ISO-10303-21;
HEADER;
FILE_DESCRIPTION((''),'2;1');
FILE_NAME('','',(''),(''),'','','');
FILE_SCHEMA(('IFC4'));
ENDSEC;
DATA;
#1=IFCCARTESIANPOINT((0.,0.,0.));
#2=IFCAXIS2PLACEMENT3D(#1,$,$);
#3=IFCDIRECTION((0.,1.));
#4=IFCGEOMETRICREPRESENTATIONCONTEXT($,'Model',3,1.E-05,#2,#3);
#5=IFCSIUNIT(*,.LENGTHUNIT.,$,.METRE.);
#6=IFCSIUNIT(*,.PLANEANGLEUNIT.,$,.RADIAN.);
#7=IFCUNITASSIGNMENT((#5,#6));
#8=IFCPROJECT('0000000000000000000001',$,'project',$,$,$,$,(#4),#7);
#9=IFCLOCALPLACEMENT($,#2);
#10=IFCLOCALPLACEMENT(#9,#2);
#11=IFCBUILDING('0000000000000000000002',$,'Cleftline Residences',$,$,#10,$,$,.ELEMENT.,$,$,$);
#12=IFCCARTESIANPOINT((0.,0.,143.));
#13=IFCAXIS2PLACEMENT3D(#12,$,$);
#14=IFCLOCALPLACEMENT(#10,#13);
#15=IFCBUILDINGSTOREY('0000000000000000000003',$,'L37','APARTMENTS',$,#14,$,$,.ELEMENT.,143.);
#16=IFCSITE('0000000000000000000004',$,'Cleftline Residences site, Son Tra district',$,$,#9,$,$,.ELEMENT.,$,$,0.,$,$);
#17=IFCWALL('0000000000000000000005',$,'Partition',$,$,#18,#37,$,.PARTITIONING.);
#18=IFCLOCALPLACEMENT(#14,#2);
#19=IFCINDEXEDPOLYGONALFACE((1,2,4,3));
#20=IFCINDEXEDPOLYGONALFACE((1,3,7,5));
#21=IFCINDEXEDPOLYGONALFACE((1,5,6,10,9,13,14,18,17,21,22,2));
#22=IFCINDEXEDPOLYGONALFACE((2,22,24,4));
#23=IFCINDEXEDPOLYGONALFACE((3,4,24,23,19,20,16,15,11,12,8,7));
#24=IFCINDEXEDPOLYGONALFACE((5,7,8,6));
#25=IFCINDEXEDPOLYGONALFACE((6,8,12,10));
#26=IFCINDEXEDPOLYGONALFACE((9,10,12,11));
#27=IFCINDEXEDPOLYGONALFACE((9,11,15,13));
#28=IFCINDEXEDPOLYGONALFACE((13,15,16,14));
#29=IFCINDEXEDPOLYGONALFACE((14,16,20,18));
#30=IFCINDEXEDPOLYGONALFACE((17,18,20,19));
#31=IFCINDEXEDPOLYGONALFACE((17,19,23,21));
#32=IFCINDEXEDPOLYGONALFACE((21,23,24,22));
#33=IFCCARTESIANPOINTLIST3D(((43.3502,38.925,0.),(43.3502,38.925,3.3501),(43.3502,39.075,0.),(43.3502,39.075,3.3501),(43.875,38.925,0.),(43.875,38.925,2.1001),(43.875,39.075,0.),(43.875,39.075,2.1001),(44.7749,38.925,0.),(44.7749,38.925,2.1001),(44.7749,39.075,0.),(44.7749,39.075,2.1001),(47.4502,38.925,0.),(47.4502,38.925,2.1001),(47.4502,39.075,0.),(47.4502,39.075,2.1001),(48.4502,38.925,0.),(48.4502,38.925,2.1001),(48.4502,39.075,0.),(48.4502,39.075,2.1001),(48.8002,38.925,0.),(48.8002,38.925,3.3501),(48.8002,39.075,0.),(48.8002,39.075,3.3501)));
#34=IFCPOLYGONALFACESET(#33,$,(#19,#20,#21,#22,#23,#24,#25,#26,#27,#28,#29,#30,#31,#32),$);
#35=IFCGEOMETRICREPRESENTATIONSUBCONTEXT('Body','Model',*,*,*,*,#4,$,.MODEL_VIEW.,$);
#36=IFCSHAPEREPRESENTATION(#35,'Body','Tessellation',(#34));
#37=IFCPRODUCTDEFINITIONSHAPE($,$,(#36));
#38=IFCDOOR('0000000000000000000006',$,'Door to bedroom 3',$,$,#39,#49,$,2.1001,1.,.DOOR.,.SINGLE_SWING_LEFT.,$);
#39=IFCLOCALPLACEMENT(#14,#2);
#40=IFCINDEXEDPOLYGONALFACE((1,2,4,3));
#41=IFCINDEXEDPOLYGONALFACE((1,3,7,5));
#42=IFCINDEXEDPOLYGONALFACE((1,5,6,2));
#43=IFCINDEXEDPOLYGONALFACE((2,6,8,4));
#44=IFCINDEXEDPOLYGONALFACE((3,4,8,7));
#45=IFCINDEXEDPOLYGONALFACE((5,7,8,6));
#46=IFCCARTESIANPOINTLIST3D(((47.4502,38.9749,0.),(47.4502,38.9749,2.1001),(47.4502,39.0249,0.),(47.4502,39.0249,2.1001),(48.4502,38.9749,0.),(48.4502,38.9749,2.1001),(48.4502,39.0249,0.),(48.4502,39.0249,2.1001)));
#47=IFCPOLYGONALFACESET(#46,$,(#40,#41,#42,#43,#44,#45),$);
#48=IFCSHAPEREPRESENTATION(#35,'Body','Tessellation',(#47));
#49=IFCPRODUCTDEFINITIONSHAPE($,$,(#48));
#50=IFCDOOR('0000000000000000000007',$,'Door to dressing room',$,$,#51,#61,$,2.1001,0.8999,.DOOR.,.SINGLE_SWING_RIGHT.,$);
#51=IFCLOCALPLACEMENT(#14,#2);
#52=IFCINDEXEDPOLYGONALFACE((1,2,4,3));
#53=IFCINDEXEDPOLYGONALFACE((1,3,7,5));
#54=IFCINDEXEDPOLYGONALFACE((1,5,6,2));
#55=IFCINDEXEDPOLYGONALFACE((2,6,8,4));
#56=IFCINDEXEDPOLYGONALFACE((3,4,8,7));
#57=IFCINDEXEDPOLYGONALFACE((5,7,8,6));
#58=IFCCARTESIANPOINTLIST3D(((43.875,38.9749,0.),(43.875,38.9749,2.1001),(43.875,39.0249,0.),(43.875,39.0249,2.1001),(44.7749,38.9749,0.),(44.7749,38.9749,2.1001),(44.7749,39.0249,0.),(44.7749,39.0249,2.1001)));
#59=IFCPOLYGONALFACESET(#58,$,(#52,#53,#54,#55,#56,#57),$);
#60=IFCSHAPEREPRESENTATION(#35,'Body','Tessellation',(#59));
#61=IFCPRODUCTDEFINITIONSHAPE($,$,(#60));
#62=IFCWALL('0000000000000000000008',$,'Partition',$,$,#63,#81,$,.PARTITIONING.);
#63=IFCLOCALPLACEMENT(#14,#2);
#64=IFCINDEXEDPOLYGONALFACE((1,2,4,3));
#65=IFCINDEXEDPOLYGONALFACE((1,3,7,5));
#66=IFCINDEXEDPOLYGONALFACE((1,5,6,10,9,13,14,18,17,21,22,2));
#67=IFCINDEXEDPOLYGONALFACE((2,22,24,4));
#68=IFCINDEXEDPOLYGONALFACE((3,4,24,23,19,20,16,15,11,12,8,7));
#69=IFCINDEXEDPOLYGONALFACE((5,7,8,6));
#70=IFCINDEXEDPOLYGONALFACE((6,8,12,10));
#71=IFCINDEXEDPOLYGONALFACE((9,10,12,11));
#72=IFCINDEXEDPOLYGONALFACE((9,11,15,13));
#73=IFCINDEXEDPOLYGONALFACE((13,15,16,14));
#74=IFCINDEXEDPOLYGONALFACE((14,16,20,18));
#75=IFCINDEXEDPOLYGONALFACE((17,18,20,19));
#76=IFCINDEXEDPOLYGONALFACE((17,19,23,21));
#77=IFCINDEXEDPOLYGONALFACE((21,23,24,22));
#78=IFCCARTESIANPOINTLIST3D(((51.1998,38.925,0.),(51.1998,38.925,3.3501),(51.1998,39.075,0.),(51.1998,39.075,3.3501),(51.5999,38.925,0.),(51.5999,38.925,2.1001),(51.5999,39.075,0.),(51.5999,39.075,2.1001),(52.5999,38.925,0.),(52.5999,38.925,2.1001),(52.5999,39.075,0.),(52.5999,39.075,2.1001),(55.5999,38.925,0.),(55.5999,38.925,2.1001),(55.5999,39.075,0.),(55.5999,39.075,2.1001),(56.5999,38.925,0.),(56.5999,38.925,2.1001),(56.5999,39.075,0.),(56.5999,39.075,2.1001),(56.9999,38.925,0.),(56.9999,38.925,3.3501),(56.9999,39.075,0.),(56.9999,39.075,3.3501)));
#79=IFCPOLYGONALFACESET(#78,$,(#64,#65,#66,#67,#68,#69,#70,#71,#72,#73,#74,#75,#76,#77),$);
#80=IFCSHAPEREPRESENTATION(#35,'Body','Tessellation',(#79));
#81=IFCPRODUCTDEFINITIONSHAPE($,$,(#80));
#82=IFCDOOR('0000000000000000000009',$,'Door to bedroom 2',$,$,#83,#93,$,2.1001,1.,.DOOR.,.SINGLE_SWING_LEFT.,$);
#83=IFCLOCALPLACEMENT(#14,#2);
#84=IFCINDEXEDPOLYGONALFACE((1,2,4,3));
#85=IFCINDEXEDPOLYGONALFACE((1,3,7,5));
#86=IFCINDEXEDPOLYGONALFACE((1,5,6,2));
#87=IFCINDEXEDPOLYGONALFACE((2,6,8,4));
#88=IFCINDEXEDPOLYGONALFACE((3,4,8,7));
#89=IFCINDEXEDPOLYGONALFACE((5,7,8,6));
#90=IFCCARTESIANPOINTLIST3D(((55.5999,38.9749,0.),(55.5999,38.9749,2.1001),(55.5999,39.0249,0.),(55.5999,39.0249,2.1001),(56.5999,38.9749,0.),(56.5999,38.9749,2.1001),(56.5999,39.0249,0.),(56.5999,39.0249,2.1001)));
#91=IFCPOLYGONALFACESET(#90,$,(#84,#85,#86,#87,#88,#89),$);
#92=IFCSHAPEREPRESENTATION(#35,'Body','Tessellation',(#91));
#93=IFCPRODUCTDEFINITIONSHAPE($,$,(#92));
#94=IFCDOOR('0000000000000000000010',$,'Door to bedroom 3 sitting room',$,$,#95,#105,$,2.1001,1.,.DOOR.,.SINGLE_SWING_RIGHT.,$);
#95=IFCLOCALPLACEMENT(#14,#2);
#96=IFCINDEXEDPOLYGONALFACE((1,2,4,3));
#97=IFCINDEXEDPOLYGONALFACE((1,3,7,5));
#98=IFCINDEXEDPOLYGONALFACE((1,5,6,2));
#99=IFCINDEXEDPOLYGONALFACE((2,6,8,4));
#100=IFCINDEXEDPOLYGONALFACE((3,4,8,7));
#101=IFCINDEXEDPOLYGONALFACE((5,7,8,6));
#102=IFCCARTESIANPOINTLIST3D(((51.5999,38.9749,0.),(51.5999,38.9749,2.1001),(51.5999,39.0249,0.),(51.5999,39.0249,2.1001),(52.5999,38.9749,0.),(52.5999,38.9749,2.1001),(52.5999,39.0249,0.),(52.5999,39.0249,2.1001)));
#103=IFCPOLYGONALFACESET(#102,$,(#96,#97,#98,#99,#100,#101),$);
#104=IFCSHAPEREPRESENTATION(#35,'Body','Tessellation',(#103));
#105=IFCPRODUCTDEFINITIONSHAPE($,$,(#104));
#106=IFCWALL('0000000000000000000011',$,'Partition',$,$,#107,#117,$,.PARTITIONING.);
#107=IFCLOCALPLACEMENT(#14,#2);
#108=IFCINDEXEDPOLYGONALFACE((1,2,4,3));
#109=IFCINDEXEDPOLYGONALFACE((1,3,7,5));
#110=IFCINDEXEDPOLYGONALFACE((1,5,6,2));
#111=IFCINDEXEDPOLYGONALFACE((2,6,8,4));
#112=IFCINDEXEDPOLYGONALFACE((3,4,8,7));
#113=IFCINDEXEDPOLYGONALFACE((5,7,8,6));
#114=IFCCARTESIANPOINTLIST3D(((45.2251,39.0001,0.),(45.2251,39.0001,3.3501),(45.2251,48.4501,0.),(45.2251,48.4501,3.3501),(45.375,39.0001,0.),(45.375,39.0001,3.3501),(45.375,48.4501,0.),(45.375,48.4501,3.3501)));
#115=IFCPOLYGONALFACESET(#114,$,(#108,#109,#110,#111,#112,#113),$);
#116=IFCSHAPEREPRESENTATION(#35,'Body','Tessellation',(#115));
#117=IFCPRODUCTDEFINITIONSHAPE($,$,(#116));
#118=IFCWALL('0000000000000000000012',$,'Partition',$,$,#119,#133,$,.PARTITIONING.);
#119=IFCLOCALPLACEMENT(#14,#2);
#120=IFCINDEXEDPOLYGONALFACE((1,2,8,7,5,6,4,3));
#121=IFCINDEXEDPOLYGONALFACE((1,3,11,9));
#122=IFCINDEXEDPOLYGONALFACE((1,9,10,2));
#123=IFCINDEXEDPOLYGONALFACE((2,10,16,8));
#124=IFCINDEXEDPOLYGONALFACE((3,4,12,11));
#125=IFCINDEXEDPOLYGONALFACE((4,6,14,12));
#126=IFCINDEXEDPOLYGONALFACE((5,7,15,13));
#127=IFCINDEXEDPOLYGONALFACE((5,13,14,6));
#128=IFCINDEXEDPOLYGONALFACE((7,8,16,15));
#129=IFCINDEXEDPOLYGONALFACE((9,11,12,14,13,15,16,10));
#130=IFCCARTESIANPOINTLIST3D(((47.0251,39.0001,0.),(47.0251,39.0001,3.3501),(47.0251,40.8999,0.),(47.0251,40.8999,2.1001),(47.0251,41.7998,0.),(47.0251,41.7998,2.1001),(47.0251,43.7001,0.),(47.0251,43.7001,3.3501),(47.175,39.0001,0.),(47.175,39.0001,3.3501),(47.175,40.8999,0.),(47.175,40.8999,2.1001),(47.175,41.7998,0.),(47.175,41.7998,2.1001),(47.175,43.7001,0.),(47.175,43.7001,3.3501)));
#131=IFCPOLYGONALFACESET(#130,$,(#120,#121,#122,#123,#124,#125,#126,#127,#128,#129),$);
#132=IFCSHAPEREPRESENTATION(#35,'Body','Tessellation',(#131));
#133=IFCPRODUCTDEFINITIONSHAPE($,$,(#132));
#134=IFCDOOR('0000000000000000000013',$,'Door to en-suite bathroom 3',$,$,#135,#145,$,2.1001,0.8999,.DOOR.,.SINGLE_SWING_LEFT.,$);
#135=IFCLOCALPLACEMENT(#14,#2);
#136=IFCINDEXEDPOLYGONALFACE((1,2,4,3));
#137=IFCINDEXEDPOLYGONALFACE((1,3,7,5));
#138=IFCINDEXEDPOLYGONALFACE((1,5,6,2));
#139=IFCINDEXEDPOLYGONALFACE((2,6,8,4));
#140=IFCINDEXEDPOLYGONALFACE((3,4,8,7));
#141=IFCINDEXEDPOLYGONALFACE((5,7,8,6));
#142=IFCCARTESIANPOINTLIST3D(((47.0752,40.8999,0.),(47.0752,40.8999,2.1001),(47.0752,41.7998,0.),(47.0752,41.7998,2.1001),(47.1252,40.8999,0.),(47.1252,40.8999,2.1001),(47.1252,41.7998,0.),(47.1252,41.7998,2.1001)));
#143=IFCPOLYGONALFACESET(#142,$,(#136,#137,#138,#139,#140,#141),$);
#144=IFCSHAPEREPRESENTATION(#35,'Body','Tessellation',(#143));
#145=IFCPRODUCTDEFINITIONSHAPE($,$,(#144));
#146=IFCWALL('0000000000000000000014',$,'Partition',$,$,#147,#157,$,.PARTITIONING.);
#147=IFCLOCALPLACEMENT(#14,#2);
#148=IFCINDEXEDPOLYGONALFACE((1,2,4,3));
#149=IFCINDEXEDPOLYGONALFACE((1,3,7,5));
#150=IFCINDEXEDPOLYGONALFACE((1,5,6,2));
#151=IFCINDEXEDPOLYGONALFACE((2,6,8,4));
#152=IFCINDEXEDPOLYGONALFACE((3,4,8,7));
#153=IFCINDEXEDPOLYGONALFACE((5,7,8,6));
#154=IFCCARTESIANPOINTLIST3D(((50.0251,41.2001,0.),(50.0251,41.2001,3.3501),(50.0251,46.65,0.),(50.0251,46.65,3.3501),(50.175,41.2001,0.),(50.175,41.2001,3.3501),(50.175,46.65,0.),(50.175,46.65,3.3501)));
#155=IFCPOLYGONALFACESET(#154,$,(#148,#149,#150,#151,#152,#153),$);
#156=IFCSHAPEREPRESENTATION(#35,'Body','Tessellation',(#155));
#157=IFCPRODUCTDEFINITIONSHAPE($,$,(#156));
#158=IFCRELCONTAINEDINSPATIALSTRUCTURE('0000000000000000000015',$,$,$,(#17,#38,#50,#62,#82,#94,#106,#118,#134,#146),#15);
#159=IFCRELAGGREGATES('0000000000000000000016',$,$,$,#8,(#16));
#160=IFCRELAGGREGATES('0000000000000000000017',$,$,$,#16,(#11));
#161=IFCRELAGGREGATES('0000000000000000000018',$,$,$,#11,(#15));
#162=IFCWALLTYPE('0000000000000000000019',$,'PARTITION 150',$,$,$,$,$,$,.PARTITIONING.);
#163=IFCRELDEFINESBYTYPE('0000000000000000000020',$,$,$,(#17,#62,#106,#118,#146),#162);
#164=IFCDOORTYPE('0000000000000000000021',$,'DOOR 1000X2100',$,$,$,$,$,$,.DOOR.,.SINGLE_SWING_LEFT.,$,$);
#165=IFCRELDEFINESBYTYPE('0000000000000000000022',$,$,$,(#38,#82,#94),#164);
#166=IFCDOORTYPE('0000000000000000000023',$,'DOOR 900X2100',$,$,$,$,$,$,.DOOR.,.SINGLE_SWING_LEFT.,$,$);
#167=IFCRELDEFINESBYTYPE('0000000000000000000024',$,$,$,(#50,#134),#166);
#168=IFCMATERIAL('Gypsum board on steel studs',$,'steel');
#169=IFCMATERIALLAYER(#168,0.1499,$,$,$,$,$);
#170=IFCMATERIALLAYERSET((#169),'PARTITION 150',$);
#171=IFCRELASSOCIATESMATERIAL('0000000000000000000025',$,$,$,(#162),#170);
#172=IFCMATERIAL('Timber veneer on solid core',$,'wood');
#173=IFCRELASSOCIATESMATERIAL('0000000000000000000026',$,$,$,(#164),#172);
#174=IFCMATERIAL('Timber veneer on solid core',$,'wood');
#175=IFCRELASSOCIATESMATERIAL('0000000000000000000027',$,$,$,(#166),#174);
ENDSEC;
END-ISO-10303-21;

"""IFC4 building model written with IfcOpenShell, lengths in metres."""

from ifc_helpers import new_model, si_unit, direction, frame, frame_2d, origin, place, context, subcontext, project, spatial, rectangle, extrude, material, layer, layer_set, type_object, element, fill, save


model = new_model("IFC4")

# Units and contexts
model_context = context("Model", 3, precision=1e-05, world=origin(), true_north=direction((0.0, 1.0)))
body_context = subcontext(model_context, "Body", "Model", "MODEL_VIEW")
ifc_project = project(units=[si_unit("LENGTHUNIT", "METRE"), si_unit("PLANEANGLEUNIT", "RADIAN")], contexts=[model_context])

# Site, building, storey
site_placement = place(None, origin())
site = spatial("IfcSite", under=ifc_project, at=site_placement, Name="Cleftline Residences site, Son Tra district", CompositionType="ELEMENT", RefElevation=0.0)
building_placement = place(site_placement, origin())
building = spatial("IfcBuilding", under=site, at=building_placement, Name="Cleftline Residences", CompositionType="ELEMENT")
storey_placement = place(building_placement, frame((0.0, 0.0, 143.0)))
storey = spatial("IfcBuildingStorey", under=building, at=storey_placement, Name="L37", Description="APARTMENTS", CompositionType="ELEMENT", Elevation=143.0)

# Walls, openings, doors
ifc_material_1 = material(Name="Gypsum board on steel studs", Category="steel")
ifc_layer_1 = layer(ifc_material_1, 0.1499)
ifc_layer_set_1 = layer_set([ifc_layer_1], Name="PARTITION 150")
wall_type = type_object("IfcWallType", Name="PARTITION 150", PredefinedType="PARTITIONING", material=ifc_layer_set_1)
ifc_material_2 = material(Name="Timber veneer on solid core", Category="wood")
door_type_1 = type_object("IfcDoorType", Name="DOOR 1000X2100", OperationType="SINGLE_SWING_LEFT", PredefinedType="DOOR", material=ifc_material_2)
ifc_material_3 = material(Name="Timber veneer on solid core", Category="wood")
door_type_2 = type_object("IfcDoorType", Name="DOOR 900X2100", OperationType="SINGLE_SWING_LEFT", PredefinedType="DOOR", material=ifc_material_3)
wall_1_placement = place(storey_placement, frame((43.3501, 39.0, 0.0), z_axis=(0.0, 0.0, 1.0), x_axis=(1.0, 0.0, 0.0)))
wall_1 = element("IfcWall", 1, at=wall_1_placement, inside=storey, type_object=wall_type, Name="Partition", PredefinedType="PARTITIONING", context=body_context, shape_type="SweptSolid", body=[
    extrude(rectangle(XDim=5.45, YDim=0.1499, at=frame_2d((2.7251, 0.0))), origin(), (0.0, 0.0, 1.0), 3.3501),
])
opening_1_placement = place(wall_1_placement, frame((4.1001, 0.0, 0.0)))
opening_1 = element("IfcOpeningElement", 2, at=opening_1_placement, cuts=wall_1, PredefinedType="OPENING", context=body_context, shape_type="SweptSolid", body=[
    extrude(rectangle(XDim=1.0, YDim=2.1001, at=frame_2d((0.5, 1.05))), frame((0.0, 0.085, 0.0), z_axis=(0.0, -1.0, 0.0), x_axis=(1.0, 0.0, 0.0)), (0.0, 0.0, 1.0), 0.1699),
])
opening_2_placement = place(wall_1_placement, frame((0.5249, 0.0, 0.0)))
opening_2 = element("IfcOpeningElement", 3, at=opening_2_placement, cuts=wall_1, PredefinedType="OPENING", context=body_context, shape_type="SweptSolid", body=[
    extrude(rectangle(XDim=0.8999, YDim=2.1001, at=frame_2d((0.45, 1.05))), frame((0.0, 0.085, 0.0), z_axis=(0.0, -1.0, 0.0), x_axis=(1.0, 0.0, 0.0)), (0.0, 0.0, 1.0), 0.1699),
])
door_1_placement = place(opening_1_placement, origin())
door_1 = element("IfcDoor", 4, at=door_1_placement, inside=storey, type_object=door_type_1, Name="Door to bedroom 3", OperationType="SINGLE_SWING_LEFT", OverallHeight=2.1001, OverallWidth=1.0, PredefinedType="DOOR", context=body_context, shape_type="SweptSolid", body=[
    extrude(rectangle(XDim=1.0, YDim=2.1001, at=frame_2d((0.5, 1.05))), frame((0.0, 0.0249, 0.0), z_axis=(0.0, -1.0, 0.0), x_axis=(1.0, 0.0, 0.0)), (0.0, 0.0, 1.0), 0.05),
])
fill(opening_1, door_1)
door_2_placement = place(opening_2_placement, origin())
door_2 = element("IfcDoor", 5, at=door_2_placement, inside=storey, type_object=door_type_2, Name="Door to dressing room", OperationType="SINGLE_SWING_RIGHT", OverallHeight=2.1001, OverallWidth=0.8999, PredefinedType="DOOR", context=body_context, shape_type="SweptSolid", body=[
    extrude(rectangle(XDim=0.8999, YDim=2.1001, at=frame_2d((0.45, 1.05))), frame((0.0, 0.0249, 0.0), z_axis=(0.0, -1.0, 0.0), x_axis=(1.0, 0.0, 0.0)), (0.0, 0.0, 1.0), 0.05),
])
fill(opening_2, door_2)
wall_2_placement = place(storey_placement, frame((51.2, 39.0, 0.0), z_axis=(0.0, 0.0, 1.0), x_axis=(1.0, 0.0, 0.0)))
wall_2 = element("IfcWall", 6, at=wall_2_placement, inside=storey, type_object=wall_type, Name="Partition", PredefinedType="PARTITIONING", context=body_context, shape_type="SweptSolid", body=[
    extrude(rectangle(XDim=5.8, YDim=0.1499, at=frame_2d((2.8999, 0.0))), origin(), (0.0, 0.0, 1.0), 3.3501),
])
opening_3_placement = place(wall_2_placement, frame((4.3999, 0.0, 0.0)))
opening_3 = element("IfcOpeningElement", 7, at=opening_3_placement, cuts=wall_2, PredefinedType="OPENING", context=body_context, shape_type="SweptSolid", body=[
    extrude(rectangle(XDim=1.0, YDim=2.1001, at=frame_2d((0.5, 1.05))), frame((0.0, 0.085, 0.0), z_axis=(0.0, -1.0, 0.0), x_axis=(1.0, 0.0, 0.0)), (0.0, 0.0, 1.0), 0.1699),
])
opening_4_placement = place(wall_2_placement, frame((0.3999, 0.0, 0.0)))
opening_4 = element("IfcOpeningElement", 8, at=opening_4_placement, cuts=wall_2, PredefinedType="OPENING", context=body_context, shape_type="SweptSolid", body=[
    extrude(rectangle(XDim=1.0, YDim=2.1001, at=frame_2d((0.5, 1.05))), frame((0.0, 0.085, 0.0), z_axis=(0.0, -1.0, 0.0), x_axis=(1.0, 0.0, 0.0)), (0.0, 0.0, 1.0), 0.1699),
])
door_3_placement = place(opening_3_placement, origin())
door_3 = element("IfcDoor", 9, at=door_3_placement, inside=storey, type_object=door_type_1, Name="Door to bedroom 2", OperationType="SINGLE_SWING_LEFT", OverallHeight=2.1001, OverallWidth=1.0, PredefinedType="DOOR", context=body_context, shape_type="SweptSolid", body=[
    extrude(rectangle(XDim=1.0, YDim=2.1001, at=frame_2d((0.5, 1.05))), frame((0.0, 0.0249, 0.0), z_axis=(0.0, -1.0, 0.0), x_axis=(1.0, 0.0, 0.0)), (0.0, 0.0, 1.0), 0.05),
])
fill(opening_3, door_3)
door_4_placement = place(opening_4_placement, origin())
door_4 = element("IfcDoor", 10, at=door_4_placement, inside=storey, type_object=door_type_1, Name="Door to bedroom 3 sitting room", OperationType="SINGLE_SWING_RIGHT", OverallHeight=2.1001, OverallWidth=1.0, PredefinedType="DOOR", context=body_context, shape_type="SweptSolid", body=[
    extrude(rectangle(XDim=1.0, YDim=2.1001, at=frame_2d((0.5, 1.05))), frame((0.0, 0.0249, 0.0), z_axis=(0.0, -1.0, 0.0), x_axis=(1.0, 0.0, 0.0)), (0.0, 0.0, 1.0), 0.05),
])
fill(opening_4, door_4)

# Wall
wall_3_placement = place(storey_placement, frame((45.3, 39.0, 0.0), z_axis=(0.0, 0.0, 1.0), x_axis=(0.0, 1.0, 0.0)))
element("IfcWall", 11, at=wall_3_placement, inside=storey, type_object=wall_type, Name="Partition", PredefinedType="PARTITIONING", context=body_context, shape_type="SweptSolid", body=[
    extrude(rectangle(XDim=9.45, YDim=0.1499, at=frame_2d((4.7251, 0.0))), origin(), (0.0, 0.0, 1.0), 3.3501),
])

# Wall, opening, door
wall_4_placement = place(storey_placement, frame((47.1001, 39.0, 0.0), z_axis=(0.0, 0.0, 1.0), x_axis=(0.0, 1.0, 0.0)))
wall_4 = element("IfcWall", 12, at=wall_4_placement, inside=storey, type_object=wall_type, Name="Partition", PredefinedType="PARTITIONING", context=body_context, shape_type="SweptSolid", body=[
    extrude(rectangle(XDim=4.7, YDim=0.1499, at=frame_2d((2.3501, 0.0))), origin(), (0.0, 0.0, 1.0), 3.3501),
])
opening_5_placement = place(wall_4_placement, frame((1.8999, 0.0, 0.0)))
opening_5 = element("IfcOpeningElement", 13, at=opening_5_placement, cuts=wall_4, PredefinedType="OPENING", context=body_context, shape_type="SweptSolid", body=[
    extrude(rectangle(XDim=0.8999, YDim=2.1001, at=frame_2d((0.45, 1.05))), frame((0.0, 0.085, 0.0), z_axis=(0.0, -1.0, 0.0), x_axis=(1.0, 0.0, 0.0)), (0.0, 0.0, 1.0), 0.1699),
])
door_5_placement = place(opening_5_placement, origin())
door_5 = element("IfcDoor", 14, at=door_5_placement, inside=storey, type_object=door_type_2, Name="Door to en-suite bathroom 3", OperationType="SINGLE_SWING_LEFT", OverallHeight=2.1001, OverallWidth=0.8999, PredefinedType="DOOR", context=body_context, shape_type="SweptSolid", body=[
    extrude(rectangle(XDim=0.8999, YDim=2.1001, at=frame_2d((0.45, 1.05))), frame((0.0, 0.0249, 0.0), z_axis=(0.0, -1.0, 0.0), x_axis=(1.0, 0.0, 0.0)), (0.0, 0.0, 1.0), 0.05),
])
fill(opening_5, door_5)

# Wall
wall_5_placement = place(storey_placement, frame((50.1001, 41.2, 0.0), z_axis=(0.0, 0.0, 1.0), x_axis=(0.0, 1.0, 0.0)))
element("IfcWall", 15, at=wall_5_placement, inside=storey, type_object=wall_type, Name="Partition", PredefinedType="PARTITIONING", context=body_context, shape_type="SweptSolid", body=[
    extrude(rectangle(XDim=5.45, YDim=0.1499, at=frame_2d((2.7251, 0.0))), origin(), (0.0, 0.0, 1.0), 3.3501),
])

save(model, "model.ifc")
